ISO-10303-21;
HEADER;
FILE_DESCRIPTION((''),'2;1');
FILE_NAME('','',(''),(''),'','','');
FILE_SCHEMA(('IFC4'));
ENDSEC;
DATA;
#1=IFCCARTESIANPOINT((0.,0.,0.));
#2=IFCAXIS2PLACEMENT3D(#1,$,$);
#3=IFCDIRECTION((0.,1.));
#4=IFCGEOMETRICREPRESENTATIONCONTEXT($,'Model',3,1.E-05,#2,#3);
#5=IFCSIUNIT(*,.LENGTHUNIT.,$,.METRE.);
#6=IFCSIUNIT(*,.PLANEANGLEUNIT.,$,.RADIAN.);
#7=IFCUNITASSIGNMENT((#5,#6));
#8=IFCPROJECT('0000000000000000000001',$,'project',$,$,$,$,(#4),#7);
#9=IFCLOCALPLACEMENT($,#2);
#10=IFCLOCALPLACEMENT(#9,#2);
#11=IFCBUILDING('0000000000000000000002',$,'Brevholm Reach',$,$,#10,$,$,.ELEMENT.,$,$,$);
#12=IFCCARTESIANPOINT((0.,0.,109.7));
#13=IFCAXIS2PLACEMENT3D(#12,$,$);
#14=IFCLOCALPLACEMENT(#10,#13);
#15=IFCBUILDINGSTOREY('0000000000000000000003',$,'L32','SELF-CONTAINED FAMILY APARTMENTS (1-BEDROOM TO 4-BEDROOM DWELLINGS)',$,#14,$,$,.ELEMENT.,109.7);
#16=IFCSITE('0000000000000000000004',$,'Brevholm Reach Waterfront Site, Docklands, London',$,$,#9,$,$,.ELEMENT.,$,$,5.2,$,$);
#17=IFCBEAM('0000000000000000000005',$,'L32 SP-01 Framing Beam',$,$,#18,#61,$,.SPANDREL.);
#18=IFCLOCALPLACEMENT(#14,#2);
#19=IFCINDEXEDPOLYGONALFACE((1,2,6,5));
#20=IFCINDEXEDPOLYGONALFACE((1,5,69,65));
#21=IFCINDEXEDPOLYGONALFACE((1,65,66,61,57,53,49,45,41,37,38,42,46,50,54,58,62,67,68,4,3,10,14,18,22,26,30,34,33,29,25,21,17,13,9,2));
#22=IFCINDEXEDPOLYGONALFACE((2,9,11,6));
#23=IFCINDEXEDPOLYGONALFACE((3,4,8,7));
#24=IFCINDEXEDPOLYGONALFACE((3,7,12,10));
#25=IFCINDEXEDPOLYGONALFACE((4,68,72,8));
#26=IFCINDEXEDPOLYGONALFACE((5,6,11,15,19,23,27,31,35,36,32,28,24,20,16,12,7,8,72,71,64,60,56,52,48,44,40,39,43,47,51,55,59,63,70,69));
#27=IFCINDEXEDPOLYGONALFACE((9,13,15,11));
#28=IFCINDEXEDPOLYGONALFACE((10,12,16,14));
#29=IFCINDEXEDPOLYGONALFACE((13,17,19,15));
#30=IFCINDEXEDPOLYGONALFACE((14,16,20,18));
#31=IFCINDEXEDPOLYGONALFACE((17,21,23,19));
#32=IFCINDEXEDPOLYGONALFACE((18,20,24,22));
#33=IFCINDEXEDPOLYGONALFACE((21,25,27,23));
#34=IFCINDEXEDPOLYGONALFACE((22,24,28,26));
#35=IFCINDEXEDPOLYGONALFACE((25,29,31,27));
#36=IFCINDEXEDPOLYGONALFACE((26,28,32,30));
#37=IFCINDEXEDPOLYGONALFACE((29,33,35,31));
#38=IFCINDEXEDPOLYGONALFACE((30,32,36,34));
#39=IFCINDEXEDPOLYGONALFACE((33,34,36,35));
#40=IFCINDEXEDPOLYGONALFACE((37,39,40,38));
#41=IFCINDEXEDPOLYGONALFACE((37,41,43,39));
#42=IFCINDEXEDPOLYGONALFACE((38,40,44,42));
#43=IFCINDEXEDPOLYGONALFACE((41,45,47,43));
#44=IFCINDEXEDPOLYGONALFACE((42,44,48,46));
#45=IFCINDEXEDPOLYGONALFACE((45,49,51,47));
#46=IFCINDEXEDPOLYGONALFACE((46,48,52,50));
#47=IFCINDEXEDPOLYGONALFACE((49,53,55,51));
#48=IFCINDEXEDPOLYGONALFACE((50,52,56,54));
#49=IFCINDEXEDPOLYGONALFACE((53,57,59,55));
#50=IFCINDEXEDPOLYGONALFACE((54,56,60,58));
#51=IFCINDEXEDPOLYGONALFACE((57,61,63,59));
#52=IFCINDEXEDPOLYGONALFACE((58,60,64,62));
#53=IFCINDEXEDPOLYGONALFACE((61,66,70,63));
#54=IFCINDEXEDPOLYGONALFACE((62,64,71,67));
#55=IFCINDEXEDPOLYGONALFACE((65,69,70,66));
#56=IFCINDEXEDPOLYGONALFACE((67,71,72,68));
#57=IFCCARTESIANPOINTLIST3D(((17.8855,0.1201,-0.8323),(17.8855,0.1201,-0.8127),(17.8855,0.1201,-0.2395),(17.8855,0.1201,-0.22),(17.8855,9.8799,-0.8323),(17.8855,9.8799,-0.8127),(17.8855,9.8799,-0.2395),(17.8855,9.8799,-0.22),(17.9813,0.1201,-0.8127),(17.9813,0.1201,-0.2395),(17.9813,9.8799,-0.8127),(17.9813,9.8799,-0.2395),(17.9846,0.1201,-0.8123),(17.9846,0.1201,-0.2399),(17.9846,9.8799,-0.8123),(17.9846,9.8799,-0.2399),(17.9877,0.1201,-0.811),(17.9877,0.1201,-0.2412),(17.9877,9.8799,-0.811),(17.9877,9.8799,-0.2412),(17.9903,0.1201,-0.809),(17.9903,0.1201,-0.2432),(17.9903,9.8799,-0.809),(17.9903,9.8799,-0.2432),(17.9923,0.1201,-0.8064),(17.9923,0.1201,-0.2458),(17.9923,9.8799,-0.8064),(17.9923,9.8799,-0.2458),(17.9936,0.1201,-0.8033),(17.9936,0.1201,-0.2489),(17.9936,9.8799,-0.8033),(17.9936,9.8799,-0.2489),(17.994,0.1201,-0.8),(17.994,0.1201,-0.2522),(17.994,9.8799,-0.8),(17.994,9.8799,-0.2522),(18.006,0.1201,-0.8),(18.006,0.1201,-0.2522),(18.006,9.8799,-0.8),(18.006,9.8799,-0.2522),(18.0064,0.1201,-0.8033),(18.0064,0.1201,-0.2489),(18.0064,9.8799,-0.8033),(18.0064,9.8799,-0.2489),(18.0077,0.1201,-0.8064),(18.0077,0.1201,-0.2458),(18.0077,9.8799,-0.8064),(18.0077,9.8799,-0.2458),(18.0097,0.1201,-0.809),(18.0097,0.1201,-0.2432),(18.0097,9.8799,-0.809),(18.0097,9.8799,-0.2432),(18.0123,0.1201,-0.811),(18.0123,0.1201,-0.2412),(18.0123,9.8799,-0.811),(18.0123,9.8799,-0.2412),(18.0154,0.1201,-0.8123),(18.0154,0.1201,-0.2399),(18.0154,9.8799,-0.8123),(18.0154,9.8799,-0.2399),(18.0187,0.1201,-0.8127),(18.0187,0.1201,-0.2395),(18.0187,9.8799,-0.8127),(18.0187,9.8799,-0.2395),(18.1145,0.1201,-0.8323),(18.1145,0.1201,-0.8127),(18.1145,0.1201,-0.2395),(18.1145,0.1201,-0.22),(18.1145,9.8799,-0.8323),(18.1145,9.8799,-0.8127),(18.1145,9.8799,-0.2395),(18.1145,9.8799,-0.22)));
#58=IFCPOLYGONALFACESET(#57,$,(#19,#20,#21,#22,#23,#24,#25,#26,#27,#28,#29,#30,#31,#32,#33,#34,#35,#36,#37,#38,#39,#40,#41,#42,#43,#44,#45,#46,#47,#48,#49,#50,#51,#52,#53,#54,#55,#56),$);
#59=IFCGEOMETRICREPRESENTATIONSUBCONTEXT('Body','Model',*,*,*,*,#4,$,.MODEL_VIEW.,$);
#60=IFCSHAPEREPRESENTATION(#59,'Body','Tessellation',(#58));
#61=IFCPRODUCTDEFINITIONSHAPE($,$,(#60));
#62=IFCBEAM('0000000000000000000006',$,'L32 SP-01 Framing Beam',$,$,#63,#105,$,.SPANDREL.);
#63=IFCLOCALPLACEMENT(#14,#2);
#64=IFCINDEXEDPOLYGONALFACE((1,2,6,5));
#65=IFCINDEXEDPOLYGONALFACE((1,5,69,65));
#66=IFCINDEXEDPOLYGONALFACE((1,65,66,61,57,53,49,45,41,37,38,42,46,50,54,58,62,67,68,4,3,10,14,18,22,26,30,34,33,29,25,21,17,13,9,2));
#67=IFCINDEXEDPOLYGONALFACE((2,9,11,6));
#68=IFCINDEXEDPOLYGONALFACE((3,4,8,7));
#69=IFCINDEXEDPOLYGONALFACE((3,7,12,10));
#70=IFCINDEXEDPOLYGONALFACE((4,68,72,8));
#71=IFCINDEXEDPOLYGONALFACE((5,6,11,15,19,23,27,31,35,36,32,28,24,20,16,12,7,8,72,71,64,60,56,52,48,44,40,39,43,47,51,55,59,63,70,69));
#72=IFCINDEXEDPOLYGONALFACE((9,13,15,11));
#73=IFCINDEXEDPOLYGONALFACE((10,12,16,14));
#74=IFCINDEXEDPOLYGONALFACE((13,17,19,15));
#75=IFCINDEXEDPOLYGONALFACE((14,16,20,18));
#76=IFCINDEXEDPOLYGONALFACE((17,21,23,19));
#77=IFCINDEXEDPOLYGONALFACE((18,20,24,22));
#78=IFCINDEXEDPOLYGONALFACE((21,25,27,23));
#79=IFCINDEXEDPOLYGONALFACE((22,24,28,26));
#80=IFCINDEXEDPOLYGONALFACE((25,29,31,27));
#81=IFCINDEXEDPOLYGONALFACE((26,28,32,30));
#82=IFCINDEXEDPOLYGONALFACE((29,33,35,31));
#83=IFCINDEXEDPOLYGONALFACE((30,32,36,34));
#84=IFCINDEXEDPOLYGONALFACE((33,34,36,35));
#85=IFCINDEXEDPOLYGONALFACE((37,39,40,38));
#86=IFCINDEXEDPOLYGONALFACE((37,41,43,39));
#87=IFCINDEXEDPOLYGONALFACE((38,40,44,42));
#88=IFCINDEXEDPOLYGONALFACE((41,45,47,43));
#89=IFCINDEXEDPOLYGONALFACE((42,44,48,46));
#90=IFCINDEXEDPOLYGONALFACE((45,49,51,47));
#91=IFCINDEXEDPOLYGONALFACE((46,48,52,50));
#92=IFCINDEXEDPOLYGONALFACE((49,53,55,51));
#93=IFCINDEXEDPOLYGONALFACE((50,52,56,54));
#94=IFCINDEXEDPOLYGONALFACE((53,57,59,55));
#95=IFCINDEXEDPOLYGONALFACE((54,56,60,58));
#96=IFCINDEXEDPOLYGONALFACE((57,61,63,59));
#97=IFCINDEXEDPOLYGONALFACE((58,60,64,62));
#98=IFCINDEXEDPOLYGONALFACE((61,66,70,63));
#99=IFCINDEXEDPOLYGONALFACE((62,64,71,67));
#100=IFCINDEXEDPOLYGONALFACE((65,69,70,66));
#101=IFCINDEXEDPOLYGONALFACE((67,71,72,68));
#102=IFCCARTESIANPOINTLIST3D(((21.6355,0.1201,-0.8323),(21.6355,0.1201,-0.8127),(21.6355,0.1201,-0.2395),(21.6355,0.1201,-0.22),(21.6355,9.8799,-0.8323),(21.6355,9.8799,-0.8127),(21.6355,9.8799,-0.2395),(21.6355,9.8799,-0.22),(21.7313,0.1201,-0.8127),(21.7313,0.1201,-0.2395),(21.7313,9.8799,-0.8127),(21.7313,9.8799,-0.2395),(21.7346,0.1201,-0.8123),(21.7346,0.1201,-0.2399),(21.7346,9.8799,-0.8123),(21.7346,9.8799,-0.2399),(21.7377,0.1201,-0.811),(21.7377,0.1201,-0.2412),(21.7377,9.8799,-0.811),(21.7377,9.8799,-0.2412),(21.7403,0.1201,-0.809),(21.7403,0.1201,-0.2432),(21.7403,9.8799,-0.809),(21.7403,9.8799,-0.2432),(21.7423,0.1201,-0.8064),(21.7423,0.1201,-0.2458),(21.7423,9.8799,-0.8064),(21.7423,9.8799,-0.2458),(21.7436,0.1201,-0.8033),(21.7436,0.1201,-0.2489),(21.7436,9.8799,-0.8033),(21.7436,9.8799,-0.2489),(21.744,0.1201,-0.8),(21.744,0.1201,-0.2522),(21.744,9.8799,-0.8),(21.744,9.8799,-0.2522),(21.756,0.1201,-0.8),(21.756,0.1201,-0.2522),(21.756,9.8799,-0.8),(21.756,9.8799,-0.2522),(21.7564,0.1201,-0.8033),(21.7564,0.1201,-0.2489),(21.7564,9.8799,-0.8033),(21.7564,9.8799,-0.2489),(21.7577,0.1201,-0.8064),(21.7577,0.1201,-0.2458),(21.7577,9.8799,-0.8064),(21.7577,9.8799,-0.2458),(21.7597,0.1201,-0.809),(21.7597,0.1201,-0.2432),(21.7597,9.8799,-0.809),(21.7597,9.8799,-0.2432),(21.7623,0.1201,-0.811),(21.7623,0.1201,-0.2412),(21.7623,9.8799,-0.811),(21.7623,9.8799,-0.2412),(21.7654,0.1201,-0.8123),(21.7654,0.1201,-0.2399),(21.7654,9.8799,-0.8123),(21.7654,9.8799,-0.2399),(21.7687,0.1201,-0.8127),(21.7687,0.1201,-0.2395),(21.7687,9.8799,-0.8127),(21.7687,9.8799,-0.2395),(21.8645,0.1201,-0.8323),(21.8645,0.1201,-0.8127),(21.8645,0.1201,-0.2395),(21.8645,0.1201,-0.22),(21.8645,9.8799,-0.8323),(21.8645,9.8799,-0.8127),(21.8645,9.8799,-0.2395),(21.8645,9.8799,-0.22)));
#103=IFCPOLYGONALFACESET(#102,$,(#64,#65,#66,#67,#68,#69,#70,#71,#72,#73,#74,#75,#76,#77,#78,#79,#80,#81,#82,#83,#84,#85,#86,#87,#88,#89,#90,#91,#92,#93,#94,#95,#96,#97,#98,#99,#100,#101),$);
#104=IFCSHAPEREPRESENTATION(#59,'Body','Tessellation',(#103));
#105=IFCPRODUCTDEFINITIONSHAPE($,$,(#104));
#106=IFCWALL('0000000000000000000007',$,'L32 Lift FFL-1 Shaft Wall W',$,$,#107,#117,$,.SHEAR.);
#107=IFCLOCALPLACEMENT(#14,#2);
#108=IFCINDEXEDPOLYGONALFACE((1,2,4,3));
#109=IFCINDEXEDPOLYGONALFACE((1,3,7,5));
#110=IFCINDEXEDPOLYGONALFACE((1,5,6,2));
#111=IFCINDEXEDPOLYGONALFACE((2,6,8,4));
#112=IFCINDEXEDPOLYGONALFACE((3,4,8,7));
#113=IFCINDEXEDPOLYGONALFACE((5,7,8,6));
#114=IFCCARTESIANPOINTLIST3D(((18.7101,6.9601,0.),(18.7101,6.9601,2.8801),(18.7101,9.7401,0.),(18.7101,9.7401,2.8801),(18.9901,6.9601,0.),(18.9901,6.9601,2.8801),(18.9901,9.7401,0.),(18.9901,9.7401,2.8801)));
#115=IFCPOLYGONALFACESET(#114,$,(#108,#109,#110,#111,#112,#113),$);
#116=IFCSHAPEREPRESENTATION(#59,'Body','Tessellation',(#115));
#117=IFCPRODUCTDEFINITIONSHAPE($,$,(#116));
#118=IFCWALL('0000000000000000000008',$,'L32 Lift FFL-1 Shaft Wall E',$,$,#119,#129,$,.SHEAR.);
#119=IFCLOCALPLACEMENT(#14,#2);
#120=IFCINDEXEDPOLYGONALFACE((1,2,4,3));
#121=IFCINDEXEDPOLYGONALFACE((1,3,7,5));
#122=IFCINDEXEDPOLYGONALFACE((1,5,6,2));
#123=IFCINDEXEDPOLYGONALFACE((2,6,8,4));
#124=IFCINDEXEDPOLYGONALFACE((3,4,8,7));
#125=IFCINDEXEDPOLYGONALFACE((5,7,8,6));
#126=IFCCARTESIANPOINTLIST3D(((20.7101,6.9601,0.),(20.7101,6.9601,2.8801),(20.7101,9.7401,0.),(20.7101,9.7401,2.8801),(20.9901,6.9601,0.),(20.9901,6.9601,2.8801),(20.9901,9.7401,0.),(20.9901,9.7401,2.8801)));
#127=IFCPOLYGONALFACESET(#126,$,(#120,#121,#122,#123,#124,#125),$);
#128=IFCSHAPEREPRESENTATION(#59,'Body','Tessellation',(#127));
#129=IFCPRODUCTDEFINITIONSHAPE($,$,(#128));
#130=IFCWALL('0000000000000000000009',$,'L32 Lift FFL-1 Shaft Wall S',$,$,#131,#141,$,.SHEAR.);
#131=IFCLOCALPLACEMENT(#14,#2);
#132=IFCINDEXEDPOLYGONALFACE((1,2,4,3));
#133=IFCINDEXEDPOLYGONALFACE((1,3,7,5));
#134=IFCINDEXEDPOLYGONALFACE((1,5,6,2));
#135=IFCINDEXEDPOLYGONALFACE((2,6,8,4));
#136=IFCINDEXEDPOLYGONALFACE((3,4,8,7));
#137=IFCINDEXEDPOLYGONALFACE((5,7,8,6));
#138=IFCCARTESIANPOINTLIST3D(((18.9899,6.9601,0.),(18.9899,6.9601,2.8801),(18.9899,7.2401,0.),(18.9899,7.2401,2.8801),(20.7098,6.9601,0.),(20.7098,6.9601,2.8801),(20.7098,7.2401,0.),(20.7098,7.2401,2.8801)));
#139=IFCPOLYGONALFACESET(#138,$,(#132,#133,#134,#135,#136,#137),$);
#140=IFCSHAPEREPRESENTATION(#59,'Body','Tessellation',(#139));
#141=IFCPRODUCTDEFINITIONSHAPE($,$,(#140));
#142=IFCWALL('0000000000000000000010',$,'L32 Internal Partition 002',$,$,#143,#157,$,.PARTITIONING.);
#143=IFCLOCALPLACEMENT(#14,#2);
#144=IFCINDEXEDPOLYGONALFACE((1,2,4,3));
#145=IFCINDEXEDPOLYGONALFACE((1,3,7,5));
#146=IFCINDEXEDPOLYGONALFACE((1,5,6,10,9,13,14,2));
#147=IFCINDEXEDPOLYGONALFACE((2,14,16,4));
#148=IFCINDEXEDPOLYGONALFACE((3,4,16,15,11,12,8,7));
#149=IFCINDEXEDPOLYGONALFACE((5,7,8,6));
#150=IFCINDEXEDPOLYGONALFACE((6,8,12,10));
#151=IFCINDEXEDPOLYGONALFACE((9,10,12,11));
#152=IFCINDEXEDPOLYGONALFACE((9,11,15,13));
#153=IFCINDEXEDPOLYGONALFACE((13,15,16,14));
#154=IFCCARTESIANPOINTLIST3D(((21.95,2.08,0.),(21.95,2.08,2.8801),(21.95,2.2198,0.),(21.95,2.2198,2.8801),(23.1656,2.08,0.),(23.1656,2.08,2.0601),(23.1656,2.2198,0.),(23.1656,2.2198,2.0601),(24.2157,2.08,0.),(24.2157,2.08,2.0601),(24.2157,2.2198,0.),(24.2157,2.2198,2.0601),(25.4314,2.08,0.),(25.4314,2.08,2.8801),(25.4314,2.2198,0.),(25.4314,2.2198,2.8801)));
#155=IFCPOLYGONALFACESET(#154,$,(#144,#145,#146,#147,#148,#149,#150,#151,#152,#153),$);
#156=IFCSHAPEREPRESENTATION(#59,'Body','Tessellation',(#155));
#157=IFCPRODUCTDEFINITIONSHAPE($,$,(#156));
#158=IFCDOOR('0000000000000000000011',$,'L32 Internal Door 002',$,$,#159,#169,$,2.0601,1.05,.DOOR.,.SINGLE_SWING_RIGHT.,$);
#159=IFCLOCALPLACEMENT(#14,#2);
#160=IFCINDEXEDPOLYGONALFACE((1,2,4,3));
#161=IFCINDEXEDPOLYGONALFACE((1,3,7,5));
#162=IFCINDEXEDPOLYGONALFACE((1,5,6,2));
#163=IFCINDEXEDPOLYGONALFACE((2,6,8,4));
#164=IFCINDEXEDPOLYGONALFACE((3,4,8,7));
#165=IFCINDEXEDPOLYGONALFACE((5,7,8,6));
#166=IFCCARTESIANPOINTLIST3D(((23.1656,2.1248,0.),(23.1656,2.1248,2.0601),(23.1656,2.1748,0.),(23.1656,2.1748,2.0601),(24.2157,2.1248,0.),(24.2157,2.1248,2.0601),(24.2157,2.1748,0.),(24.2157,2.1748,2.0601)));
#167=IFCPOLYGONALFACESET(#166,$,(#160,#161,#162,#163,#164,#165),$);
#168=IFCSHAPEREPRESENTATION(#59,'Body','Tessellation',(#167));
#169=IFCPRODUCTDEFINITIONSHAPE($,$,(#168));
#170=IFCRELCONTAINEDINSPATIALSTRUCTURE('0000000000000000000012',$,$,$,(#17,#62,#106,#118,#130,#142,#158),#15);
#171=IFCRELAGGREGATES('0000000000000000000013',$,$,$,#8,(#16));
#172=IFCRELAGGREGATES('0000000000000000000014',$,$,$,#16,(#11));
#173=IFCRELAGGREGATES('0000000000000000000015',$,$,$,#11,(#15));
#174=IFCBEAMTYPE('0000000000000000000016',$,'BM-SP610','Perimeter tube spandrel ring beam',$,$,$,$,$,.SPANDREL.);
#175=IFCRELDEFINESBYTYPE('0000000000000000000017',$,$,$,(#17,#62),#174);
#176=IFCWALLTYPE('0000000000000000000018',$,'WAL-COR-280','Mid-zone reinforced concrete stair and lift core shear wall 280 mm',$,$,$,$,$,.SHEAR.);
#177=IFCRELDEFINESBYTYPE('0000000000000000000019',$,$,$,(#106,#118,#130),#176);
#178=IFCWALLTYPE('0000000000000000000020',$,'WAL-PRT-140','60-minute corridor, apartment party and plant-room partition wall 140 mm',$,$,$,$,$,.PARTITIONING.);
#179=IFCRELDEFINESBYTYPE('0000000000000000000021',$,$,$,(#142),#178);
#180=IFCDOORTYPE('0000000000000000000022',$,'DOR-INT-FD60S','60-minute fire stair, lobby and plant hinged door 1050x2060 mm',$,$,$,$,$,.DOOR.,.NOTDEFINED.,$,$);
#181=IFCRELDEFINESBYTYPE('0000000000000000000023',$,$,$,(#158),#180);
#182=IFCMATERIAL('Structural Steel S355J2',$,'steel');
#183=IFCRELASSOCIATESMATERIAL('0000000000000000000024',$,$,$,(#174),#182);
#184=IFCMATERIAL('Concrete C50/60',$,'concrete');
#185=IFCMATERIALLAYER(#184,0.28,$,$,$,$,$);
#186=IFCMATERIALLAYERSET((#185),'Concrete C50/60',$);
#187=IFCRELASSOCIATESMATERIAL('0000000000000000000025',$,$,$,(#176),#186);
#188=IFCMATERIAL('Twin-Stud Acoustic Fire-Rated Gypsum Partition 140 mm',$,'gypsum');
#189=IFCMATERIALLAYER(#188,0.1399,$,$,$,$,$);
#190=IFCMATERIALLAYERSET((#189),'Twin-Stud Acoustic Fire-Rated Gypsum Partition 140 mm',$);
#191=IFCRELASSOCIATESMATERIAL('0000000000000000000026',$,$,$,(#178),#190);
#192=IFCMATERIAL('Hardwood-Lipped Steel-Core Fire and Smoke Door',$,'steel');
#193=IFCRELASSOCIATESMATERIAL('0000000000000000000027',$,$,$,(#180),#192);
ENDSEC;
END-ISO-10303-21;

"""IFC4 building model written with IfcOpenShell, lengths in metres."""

from ifc_helpers import new_model, si_unit, direction, frame, frame_2d, origin, origin_2d, place, context, subcontext, project, spatial, rectangle, i_section, extrude, material, layer, layer_set, material_profile, profile_set, type_object, element, fill, save


model = new_model("IFC4")

# Units and contexts
model_context = context("Model", 3, precision=1e-05, world=origin(), true_north=direction((0.0, 1.0)))
body_context = subcontext(model_context, "Body", "Model", "MODEL_VIEW")
ifc_project = project(units=[si_unit("LENGTHUNIT", "METRE"), si_unit("PLANEANGLEUNIT", "RADIAN")], contexts=[model_context])

# Site, building, storey
site_placement = place(None, origin())
site = spatial("IfcSite", under=ifc_project, at=site_placement, Name="Brevholm Reach Waterfront Site, Docklands, London", CompositionType="ELEMENT", RefElevation=5.2)
building_placement = place(site_placement, origin())
building = spatial("IfcBuilding", under=site, at=building_placement, Name="Brevholm Reach", CompositionType="ELEMENT")
storey_placement = place(building_placement, frame((0.0, 0.0, 109.7)))
storey = spatial("IfcBuildingStorey", under=building, at=storey_placement, Name="L32", Description="SELF-CONTAINED FAMILY APARTMENTS (1-BEDROOM TO 4-BEDROOM DWELLINGS)", CompositionType="ELEMENT", Elevation=109.7)

# Beams
ifc_material_1 = material(Name="Structural Steel S355J2", Category="steel")
ifc_material_profile_1 = material_profile(ifc_material_1, i_section(OverallWidth=0.229, OverallDepth=0.6123, WebThickness=0.012, FlangeThickness=0.0195, FilletRadius=0.0127, at=origin_2d()), Name="UKB 610x229x125")
ifc_profile_set_1 = profile_set([ifc_material_profile_1], Name="Structural Steel S355J2")
beam_type_1 = type_object("IfcBeamType", Name="BM-SP610", Description="Perimeter tube spandrel ring beam", PredefinedType="SPANDREL", material=ifc_profile_set_1)
for number, where, z_axis, x_axis, name in (
    (1, (18.0, 0.1201, -0.5261), (0.0, 1.0, 0.0), (-1.0, 0.0, 0.0), "L32 SP-01 Framing Beam"),
    (2, (21.75, 0.1201, -0.5261), (0.0, 1.0, 0.0), (-1.0, 0.0, 0.0), "L32 SP-01 Framing Beam"),
):
    element("IfcBeam", number, at=place(storey_placement, frame(where, z_axis=z_axis, x_axis=x_axis)), inside=storey, type_object=beam_type_1, Name=name, PredefinedType="SPANDREL", context=body_context, shape_type="SweptSolid", body=[
        extrude(i_section(OverallWidth=0.229, OverallDepth=0.6123, WebThickness=0.012, FlangeThickness=0.0195, FilletRadius=0.0127, at=origin_2d()), origin(), (0.0, 0.0, 1.0), 9.7598),
    ])

# Walls
ifc_material_2 = material(Name="Concrete C50/60", Category="concrete")
ifc_layer_1 = layer(ifc_material_2, 0.28)
ifc_layer_set_1 = layer_set([ifc_layer_1], Name="Concrete C50/60")
wall_type_1 = type_object("IfcWallType", Name="WAL-COR-280", Description="Mid-zone reinforced concrete stair and lift core shear wall 280 mm", PredefinedType="SHEAR", material=ifc_layer_set_1)
for number, where, z_axis, x_axis, name in (
    (3, (18.8501, 6.96, 0.0), (0.0, 0.0, 1.0), (0.0, 1.0, 0.0), "L32 Lift FFL-1 Shaft Wall W"),
    (4, (20.8501, 6.96, 0.0), (0.0, 0.0, 1.0), (0.0, 1.0, 0.0), "L32 Lift FFL-1 Shaft Wall E"),
):
    element("IfcWall", number, at=place(storey_placement, frame(where, z_axis=z_axis, x_axis=x_axis)), inside=storey, type_object=wall_type_1, Name=name, PredefinedType="SHEAR", context=body_context, shape_type="SweptSolid", body=[
        extrude(rectangle(XDim=2.78, YDim=0.28, at=frame_2d((1.3901, 0.0))), origin(), (0.0, 0.0, 1.0), 2.8801),
    ])
wall_1_placement = place(storey_placement, frame((18.99, 7.1001, 0.0), z_axis=(0.0, 0.0, 1.0), x_axis=(1.0, 0.0, 0.0)))
element("IfcWall", 5, at=wall_1_placement, inside=storey, type_object=wall_type_1, Name="L32 Lift FFL-1 Shaft Wall S", PredefinedType="SHEAR", context=body_context, shape_type="SweptSolid", body=[
    extrude(rectangle(XDim=1.72, YDim=0.28, at=frame_2d((0.8599, 0.0))), origin(), (0.0, 0.0, 1.0), 2.8801),
])

# Wall, opening, door
ifc_material_3 = material(Name="Twin-Stud Acoustic Fire-Rated Gypsum Partition 140 mm", Category="gypsum")
ifc_layer_2 = layer(ifc_material_3, 0.1399)
ifc_layer_set_2 = layer_set([ifc_layer_2], Name="Twin-Stud Acoustic Fire-Rated Gypsum Partition 140 mm")
wall_type_2 = type_object("IfcWallType", Name="WAL-PRT-140", Description="60-minute corridor, apartment party and plant-room partition wall 140 mm", PredefinedType="PARTITIONING", material=ifc_layer_set_2)
wall_2_placement = place(storey_placement, frame((21.95, 2.1499, 0.0), z_axis=(0.0, 0.0, 1.0), x_axis=(1.0, 0.0, 0.0)))
wall_2 = element("IfcWall", 6, at=wall_2_placement, inside=storey, type_object=wall_type_2, Name="L32 Internal Partition 002", PredefinedType="PARTITIONING", context=body_context, shape_type="SweptSolid", body=[
    extrude(rectangle(XDim=3.4814, YDim=0.1399, at=frame_2d((1.7407, 0.0))), origin(), (0.0, 0.0, 1.0), 2.8801),
])
opening_1_placement = place(wall_2_placement, frame((1.2158, 0.0, 0.0)))
opening_1 = element("IfcOpeningElement", 7, at=opening_1_placement, cuts=wall_2, PredefinedType="OPENING", context=body_context, shape_type="SweptSolid", body=[
    extrude(rectangle(XDim=1.05, YDim=2.0601, at=frame_2d((0.5249, 1.03))), frame((0.0, 0.0798, 0.0), z_axis=(0.0, -1.0, 0.0), x_axis=(1.0, 0.0, 0.0)), (0.0, 0.0, 1.0), 0.1599),
])
ifc_material_4 = material(Name="Hardwood-Lipped Steel-Core Fire and Smoke Door", Category="steel")
door_type_1 = type_object("IfcDoorType", Name="DOR-INT-FD60S", Description="60-minute fire stair, lobby and plant hinged door 1050x2060 mm", OperationType="NOTDEFINED", PredefinedType="DOOR", material=ifc_material_4)
door_1_placement = place(opening_1_placement, origin())
door_1 = element("IfcDoor", 8, at=door_1_placement, inside=storey, type_object=door_type_1, Name="L32 Internal Door 002", OperationType="SINGLE_SWING_RIGHT", OverallHeight=2.0601, OverallWidth=1.05, PredefinedType="DOOR", context=body_context, shape_type="SweptSolid", body=[
    extrude(rectangle(XDim=1.05, YDim=2.0601, at=frame_2d((0.5249, 1.03))), frame((0.0, 0.0249, 0.0), z_axis=(0.0, -1.0, 0.0), x_axis=(1.0, 0.0, 0.0)), (0.0, 0.0, 1.0), 0.05),
])
fill(opening_1, door_1)

save(model, "model.ifc")
